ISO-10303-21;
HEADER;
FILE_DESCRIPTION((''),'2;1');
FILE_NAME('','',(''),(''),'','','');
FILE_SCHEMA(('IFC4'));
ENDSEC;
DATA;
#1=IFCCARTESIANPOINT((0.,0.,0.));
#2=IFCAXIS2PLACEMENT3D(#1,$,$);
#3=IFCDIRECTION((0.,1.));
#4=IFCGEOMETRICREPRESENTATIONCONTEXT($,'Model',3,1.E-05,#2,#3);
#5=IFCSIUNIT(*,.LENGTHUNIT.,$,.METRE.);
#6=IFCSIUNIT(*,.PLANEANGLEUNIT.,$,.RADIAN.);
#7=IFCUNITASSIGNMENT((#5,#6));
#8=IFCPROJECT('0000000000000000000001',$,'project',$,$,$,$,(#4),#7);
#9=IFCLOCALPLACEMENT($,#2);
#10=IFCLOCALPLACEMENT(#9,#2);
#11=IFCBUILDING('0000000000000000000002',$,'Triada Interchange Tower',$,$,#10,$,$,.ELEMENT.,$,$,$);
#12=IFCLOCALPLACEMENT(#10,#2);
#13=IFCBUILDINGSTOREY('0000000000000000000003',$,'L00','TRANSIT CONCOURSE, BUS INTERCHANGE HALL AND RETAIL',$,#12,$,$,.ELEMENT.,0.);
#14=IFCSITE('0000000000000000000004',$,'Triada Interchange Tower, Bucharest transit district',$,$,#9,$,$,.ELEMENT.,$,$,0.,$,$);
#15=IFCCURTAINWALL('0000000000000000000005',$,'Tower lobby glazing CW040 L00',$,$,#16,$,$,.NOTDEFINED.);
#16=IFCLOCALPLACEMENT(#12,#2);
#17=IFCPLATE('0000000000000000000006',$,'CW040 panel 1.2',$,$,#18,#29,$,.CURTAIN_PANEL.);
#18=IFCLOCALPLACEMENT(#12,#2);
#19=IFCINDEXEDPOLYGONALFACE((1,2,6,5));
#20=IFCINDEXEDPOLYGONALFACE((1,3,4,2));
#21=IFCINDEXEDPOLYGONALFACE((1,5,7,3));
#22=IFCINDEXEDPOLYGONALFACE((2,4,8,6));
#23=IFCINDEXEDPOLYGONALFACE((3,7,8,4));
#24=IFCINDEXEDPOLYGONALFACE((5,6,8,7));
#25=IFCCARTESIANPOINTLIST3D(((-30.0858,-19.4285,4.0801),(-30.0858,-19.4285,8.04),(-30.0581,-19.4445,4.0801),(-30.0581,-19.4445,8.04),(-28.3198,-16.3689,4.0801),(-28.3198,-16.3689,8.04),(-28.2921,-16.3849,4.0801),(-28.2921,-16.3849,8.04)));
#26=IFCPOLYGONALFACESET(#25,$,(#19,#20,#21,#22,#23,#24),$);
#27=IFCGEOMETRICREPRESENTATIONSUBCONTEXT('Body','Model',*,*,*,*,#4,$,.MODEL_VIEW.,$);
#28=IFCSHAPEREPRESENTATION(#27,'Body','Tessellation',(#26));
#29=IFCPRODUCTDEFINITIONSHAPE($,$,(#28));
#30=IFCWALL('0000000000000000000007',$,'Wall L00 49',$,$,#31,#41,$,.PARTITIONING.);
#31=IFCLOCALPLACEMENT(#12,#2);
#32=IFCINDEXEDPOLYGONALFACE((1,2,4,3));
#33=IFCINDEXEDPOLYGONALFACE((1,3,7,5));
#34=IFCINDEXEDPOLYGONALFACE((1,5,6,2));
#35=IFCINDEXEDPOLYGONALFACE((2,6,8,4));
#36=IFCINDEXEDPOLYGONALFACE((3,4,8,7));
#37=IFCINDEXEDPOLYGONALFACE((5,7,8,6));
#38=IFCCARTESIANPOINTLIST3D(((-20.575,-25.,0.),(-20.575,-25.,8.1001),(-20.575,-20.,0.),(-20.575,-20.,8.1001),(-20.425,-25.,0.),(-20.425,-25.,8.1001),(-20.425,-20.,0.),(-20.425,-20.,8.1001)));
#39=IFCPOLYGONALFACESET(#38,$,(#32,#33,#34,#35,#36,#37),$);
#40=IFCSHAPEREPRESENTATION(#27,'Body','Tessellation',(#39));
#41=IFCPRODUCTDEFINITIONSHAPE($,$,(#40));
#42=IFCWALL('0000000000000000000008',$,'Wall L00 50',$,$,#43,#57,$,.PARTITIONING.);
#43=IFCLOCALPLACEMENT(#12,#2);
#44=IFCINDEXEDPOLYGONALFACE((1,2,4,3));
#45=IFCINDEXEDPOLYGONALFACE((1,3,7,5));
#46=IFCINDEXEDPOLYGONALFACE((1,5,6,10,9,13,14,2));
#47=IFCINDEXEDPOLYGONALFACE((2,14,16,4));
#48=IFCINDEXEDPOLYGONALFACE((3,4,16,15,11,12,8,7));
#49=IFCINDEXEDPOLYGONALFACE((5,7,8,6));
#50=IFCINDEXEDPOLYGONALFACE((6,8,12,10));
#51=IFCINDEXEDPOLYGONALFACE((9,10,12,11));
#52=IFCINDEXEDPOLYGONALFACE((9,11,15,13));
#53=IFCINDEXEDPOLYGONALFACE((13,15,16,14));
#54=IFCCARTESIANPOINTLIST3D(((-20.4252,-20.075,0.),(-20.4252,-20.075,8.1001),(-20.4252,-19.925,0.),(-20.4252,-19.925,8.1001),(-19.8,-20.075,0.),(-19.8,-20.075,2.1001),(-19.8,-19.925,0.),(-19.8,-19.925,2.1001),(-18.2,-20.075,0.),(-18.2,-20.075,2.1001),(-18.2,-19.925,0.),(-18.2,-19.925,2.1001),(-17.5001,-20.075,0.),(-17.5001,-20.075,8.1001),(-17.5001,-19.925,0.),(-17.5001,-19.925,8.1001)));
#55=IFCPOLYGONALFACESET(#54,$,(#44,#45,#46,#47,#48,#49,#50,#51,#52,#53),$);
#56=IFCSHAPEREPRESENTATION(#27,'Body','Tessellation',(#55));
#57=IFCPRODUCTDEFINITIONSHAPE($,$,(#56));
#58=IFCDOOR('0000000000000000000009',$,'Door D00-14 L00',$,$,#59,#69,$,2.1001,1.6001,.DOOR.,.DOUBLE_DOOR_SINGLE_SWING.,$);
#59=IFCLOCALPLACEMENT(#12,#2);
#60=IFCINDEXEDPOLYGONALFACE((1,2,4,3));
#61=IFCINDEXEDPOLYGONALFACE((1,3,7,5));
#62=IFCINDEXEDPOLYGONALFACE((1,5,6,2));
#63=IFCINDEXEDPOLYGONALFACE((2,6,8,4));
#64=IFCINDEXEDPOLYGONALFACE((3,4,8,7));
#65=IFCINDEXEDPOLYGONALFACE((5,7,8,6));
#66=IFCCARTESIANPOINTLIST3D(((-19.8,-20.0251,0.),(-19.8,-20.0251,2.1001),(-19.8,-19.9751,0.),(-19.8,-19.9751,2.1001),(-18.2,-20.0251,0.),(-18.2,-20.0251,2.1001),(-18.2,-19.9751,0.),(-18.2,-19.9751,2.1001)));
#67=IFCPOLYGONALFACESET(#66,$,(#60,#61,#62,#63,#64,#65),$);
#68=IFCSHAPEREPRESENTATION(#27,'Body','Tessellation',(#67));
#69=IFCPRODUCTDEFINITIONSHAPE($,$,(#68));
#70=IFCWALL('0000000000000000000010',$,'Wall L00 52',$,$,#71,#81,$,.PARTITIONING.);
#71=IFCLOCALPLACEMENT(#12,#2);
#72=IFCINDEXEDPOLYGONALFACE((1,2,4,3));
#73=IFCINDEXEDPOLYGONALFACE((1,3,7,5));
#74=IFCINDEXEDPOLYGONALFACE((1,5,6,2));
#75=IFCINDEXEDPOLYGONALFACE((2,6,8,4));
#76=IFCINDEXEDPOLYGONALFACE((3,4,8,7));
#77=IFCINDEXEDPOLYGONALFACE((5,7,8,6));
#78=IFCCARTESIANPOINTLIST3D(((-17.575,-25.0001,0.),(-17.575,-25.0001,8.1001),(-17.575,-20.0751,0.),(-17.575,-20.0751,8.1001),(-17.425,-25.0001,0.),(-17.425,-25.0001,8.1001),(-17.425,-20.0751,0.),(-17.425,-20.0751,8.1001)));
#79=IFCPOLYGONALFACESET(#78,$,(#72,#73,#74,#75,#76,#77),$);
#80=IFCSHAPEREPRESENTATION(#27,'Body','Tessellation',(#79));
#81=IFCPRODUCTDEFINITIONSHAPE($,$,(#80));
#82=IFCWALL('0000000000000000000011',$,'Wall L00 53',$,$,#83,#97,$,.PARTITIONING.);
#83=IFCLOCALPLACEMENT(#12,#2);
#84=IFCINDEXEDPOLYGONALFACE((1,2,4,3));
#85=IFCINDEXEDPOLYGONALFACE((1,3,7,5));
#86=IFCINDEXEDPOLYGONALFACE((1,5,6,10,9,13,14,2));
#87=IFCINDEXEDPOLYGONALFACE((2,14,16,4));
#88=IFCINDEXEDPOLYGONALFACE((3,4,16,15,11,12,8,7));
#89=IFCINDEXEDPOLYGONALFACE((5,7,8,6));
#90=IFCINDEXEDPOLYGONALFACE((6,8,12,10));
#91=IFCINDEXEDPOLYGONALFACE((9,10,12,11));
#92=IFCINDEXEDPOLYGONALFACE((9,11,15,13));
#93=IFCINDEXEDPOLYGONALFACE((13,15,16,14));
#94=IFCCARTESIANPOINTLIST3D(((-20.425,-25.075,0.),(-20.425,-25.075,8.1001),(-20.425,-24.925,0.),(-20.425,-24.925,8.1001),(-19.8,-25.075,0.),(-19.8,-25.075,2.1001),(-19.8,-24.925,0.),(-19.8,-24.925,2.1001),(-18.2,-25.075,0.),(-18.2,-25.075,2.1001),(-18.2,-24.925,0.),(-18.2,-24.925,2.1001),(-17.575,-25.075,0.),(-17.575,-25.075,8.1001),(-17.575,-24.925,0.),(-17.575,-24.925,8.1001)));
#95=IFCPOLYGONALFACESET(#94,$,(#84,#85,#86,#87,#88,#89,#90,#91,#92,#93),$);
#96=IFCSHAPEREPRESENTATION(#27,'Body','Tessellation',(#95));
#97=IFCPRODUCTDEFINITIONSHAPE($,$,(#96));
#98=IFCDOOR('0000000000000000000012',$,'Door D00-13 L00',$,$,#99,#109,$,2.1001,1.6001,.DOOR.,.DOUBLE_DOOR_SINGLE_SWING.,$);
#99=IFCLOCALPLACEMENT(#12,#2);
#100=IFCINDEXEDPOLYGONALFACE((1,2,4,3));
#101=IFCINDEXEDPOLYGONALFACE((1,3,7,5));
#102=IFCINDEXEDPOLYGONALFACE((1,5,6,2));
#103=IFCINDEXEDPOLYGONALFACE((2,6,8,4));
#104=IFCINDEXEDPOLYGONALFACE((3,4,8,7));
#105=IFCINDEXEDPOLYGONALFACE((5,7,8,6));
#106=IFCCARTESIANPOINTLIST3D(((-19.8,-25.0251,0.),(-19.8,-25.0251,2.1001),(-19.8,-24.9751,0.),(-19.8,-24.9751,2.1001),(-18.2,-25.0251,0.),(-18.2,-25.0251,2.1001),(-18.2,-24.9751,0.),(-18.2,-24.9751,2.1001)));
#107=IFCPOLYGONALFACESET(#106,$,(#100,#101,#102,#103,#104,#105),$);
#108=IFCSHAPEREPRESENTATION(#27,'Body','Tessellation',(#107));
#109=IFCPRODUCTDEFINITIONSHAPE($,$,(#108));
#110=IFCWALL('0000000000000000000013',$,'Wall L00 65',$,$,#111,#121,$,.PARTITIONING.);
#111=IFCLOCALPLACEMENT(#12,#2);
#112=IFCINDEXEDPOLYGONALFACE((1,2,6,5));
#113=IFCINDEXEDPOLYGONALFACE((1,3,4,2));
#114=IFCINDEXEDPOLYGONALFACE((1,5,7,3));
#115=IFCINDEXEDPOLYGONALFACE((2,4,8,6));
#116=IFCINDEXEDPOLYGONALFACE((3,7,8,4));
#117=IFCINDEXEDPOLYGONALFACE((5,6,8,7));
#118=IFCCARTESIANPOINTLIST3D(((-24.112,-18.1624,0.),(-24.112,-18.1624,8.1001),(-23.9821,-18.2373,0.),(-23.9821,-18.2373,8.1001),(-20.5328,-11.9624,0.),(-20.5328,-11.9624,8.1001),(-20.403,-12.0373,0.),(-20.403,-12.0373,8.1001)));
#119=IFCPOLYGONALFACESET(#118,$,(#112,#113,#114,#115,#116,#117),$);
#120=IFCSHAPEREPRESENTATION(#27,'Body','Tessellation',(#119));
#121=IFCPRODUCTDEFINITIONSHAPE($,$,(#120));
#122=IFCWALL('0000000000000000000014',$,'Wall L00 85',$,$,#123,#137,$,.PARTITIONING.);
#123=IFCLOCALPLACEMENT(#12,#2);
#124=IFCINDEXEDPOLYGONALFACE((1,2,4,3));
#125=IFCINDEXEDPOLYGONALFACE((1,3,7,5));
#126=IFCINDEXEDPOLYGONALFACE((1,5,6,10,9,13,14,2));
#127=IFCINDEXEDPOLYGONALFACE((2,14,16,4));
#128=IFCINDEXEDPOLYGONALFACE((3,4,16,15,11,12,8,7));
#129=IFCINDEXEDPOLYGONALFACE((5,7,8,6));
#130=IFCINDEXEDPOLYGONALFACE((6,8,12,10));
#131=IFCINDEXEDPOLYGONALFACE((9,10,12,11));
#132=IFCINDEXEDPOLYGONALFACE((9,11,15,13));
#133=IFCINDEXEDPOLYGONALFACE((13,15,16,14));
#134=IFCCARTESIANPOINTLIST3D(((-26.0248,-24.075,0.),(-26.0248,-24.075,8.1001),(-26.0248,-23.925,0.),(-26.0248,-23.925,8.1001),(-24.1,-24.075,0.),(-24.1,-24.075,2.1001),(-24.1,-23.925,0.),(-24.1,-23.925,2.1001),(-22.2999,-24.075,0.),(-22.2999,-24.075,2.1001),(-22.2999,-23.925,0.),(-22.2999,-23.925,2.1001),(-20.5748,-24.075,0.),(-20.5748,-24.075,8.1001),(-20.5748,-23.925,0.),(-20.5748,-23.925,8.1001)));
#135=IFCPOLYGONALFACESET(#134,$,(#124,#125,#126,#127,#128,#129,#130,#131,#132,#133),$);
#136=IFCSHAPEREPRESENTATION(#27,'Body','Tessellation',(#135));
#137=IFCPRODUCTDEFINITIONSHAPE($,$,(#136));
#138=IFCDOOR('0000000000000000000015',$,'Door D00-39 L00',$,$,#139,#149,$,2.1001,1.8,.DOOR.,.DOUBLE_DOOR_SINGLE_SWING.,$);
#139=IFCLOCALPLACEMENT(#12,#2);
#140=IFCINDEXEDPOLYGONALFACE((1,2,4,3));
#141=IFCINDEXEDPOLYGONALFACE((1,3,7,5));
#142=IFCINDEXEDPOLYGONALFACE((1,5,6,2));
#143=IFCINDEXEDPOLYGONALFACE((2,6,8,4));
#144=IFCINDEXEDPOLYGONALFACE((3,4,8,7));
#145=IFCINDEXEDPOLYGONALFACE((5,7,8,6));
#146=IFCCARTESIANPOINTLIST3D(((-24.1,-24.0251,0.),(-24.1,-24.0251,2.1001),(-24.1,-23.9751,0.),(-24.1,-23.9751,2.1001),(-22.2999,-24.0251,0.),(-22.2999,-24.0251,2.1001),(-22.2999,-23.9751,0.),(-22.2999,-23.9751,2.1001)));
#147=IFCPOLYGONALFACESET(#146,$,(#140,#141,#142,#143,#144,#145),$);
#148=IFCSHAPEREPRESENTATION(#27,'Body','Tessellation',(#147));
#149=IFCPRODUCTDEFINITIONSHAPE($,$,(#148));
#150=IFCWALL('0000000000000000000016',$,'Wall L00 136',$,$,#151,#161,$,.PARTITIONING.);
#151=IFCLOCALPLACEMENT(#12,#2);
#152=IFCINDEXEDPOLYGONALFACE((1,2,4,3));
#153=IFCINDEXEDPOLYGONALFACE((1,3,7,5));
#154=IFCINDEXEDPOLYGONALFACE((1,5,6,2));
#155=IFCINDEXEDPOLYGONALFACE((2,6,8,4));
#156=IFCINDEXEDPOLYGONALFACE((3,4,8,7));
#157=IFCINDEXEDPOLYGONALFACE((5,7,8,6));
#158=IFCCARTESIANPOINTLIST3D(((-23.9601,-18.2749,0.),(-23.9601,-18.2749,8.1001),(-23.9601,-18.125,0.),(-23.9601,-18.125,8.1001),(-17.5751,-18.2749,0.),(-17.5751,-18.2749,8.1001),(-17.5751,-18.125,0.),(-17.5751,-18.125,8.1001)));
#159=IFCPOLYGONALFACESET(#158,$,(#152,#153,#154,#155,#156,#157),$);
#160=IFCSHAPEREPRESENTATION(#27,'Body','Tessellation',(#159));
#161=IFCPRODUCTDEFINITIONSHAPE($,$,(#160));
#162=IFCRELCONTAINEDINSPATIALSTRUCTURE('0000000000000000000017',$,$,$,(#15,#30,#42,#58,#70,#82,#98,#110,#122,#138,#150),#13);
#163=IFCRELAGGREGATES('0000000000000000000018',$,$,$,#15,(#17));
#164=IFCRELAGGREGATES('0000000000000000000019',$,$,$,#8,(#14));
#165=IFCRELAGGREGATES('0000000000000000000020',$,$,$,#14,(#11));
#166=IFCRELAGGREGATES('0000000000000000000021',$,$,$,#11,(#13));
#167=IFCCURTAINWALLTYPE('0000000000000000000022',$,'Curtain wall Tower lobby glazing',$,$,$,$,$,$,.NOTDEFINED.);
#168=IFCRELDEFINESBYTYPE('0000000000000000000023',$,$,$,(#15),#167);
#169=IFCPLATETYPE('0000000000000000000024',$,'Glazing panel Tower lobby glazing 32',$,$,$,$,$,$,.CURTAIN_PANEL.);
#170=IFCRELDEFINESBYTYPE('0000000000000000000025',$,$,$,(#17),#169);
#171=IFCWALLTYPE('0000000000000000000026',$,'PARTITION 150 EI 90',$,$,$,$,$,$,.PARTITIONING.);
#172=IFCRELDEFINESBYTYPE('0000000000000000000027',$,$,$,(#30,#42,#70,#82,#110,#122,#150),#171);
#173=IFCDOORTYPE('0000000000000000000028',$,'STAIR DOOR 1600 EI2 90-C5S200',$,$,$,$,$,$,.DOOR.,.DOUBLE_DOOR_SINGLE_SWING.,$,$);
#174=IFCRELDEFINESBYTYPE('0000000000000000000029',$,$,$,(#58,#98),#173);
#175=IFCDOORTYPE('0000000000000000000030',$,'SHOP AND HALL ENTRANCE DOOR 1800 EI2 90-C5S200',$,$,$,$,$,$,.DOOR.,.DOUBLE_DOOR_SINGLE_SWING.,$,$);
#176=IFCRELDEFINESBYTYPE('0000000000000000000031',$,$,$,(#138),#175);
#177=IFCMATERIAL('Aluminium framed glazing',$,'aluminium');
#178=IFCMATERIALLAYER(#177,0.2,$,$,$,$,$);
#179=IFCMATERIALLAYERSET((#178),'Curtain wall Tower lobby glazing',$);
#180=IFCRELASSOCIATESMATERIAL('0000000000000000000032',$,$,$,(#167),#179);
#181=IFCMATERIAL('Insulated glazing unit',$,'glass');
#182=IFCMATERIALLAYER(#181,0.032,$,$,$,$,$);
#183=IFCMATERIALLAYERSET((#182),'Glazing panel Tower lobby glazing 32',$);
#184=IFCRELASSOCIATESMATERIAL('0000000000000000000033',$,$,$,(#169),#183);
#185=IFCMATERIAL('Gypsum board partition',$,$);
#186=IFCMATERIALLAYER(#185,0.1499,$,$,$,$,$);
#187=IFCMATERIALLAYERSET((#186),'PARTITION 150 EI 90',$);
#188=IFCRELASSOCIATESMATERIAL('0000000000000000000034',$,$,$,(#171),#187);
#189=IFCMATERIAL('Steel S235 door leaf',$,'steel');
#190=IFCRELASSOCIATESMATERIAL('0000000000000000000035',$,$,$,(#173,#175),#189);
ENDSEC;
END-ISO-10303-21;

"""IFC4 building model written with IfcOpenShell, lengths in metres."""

from ifc_helpers import new_model, si_unit, direction, frame, frame_2d, origin, origin_2d, place, context, subcontext, project, spatial, rectangle, extrude, material, layer, layer_set, type_object, element, fill, aggregate, save


model = new_model("IFC4")

# Units and contexts
model_context = context("Model", 3, precision=1e-05, world=origin(), true_north=direction((0.0, 1.0)))
body_context = subcontext(model_context, "Body", "Model", "MODEL_VIEW")
ifc_project = project(units=[si_unit("LENGTHUNIT", "METRE"), si_unit("PLANEANGLEUNIT", "RADIAN")], contexts=[model_context])

# Site, building, storey
site_placement = place(None, origin())
site = spatial("IfcSite", under=ifc_project, at=site_placement, Name="Triada Interchange Tower, Bucharest transit district", CompositionType="ELEMENT", RefElevation=0.0)
building_placement = place(site_placement, origin())
building = spatial("IfcBuilding", under=site, at=building_placement, Name="Triada Interchange Tower", CompositionType="ELEMENT")
storey_placement = place(building_placement, origin())
storey = spatial("IfcBuildingStorey", under=building, at=storey_placement, Name="L00", Description="TRANSIT CONCOURSE, BUS INTERCHANGE HALL AND RETAIL", CompositionType="ELEMENT", Elevation=0.0)

# Curtain wall
ifc_material_1 = material(Name="Aluminium framed glazing", Category="aluminium")
ifc_layer_1 = layer(ifc_material_1, 0.2)
ifc_layer_set_1 = layer_set([ifc_layer_1], Name="Curtain wall Tower lobby glazing")
curtain_wall_type = type_object("IfcCurtainWallType", Name="Curtain wall Tower lobby glazing", PredefinedType="NOTDEFINED", material=ifc_layer_set_1)
curtain_wall_1_placement = place(storey_placement, origin())
curtain_wall_1 = element("IfcCurtainWall", 1, at=curtain_wall_1_placement, inside=storey, type_object=curtain_wall_type, Name="Tower lobby glazing CW040 L00", PredefinedType="NOTDEFINED")

# Plate
ifc_material_2 = material(Name="Insulated glazing unit", Category="glass")
ifc_layer_2 = layer(ifc_material_2, 0.032)
ifc_layer_set_2 = layer_set([ifc_layer_2], Name="Glazing panel Tower lobby glazing 32")
plate_type = type_object("IfcPlateType", Name="Glazing panel Tower lobby glazing 32", PredefinedType="CURTAIN_PANEL", material=ifc_layer_set_2)
plate_1_placement = place(storey_placement, frame((-29.189, -17.9067, 4.0801), z_axis=(0.0, 0.0, 1.0), x_axis=(-0.49991, -0.866078, 0.0)))
plate_1 = element("IfcPlate", 2, at=plate_1_placement, type_object=plate_type, Name="CW040 panel 1.2", PredefinedType="CURTAIN_PANEL", context=body_context, shape_type="SweptSolid", body=[
    extrude(rectangle(XDim=3.5327, YDim=0.032, at=origin_2d()), origin(), (0.0, 0.0, 1.0), 3.96),
])
aggregate(curtain_wall_1, [plate_1])

# Wall
ifc_material_3 = material(Name="Gypsum board partition")
ifc_layer_3 = layer(ifc_material_3, 0.1499)
ifc_layer_set_3 = layer_set([ifc_layer_3], Name="PARTITION 150 EI 90")
wall_type = type_object("IfcWallType", Name="PARTITION 150 EI 90", PredefinedType="PARTITIONING", material=ifc_layer_set_3)
wall_1_placement = place(storey_placement, frame((-20.5, -25.0, 0.0), z_axis=(0.0, 0.0, 1.0), x_axis=(0.0, 1.0, 0.0)))
element("IfcWall", 3, at=wall_1_placement, inside=storey, type_object=wall_type, Name="Wall L00 49", PredefinedType="PARTITIONING", context=body_context, shape_type="SweptSolid", body=[
    extrude(rectangle(XDim=5.0, YDim=0.1499, at=frame_2d((2.5, 0.0))), origin(), (0.0, 0.0, 1.0), 8.1001),
])

# Wall, opening, door
wall_2_placement = place(storey_placement, frame((-20.425, -20.0, 0.0), z_axis=(0.0, 0.0, 1.0), x_axis=(1.0, 0.0, 0.0)))
wall_2 = element("IfcWall", 4, at=wall_2_placement, inside=storey, type_object=wall_type, Name="Wall L00 50", PredefinedType="PARTITIONING", context=body_context, shape_type="SweptSolid", body=[
    extrude(rectangle(XDim=2.925, YDim=0.1499, at=frame_2d((1.4624, 0.0))), origin(), (0.0, 0.0, 1.0), 8.1001),
])
opening_1_placement = place(wall_2_placement, frame((0.625, 0.0, 0.0)))
opening_1 = element("IfcOpeningElement", 5, at=opening_1_placement, cuts=wall_2, PredefinedType="OPENING", context=body_context, shape_type="SweptSolid", body=[
    extrude(rectangle(XDim=1.6001, YDim=2.1001, at=frame_2d((0.8, 1.05))), frame((0.0, 0.085, 0.0), z_axis=(0.0, -1.0, 0.0), x_axis=(1.0, 0.0, 0.0)), (0.0, 0.0, 1.0), 0.1699),
])
ifc_material_4 = material(Name="Steel S235 door leaf", Category="steel")
door_type_1 = type_object("IfcDoorType", Name="STAIR DOOR 1600 EI2 90-C5S200", OperationType="DOUBLE_DOOR_SINGLE_SWING", PredefinedType="DOOR", material=ifc_material_4)
door_1_placement = place(opening_1_placement, origin())
door_1 = element("IfcDoor", 6, at=door_1_placement, inside=storey, type_object=door_type_1, Name="Door D00-14 L00", OperationType="DOUBLE_DOOR_SINGLE_SWING", OverallHeight=2.1001, OverallWidth=1.6001, PredefinedType="DOOR", context=body_context, shape_type="SweptSolid", body=[
    extrude(rectangle(XDim=1.6001, YDim=2.1001, at=frame_2d((0.8, 1.05))), frame((0.0, 0.0249, 0.0), z_axis=(0.0, -1.0, 0.0), x_axis=(1.0, 0.0, 0.0)), (0.0, 0.0, 1.0), 0.05),
])
fill(opening_1, door_1)

# Wall
wall_3_placement = place(storey_placement, frame((-17.5, -25.0, 0.0), z_axis=(0.0, 0.0, 1.0), x_axis=(0.0, 1.0, 0.0)))
element("IfcWall", 7, at=wall_3_placement, inside=storey, type_object=wall_type, Name="Wall L00 52", PredefinedType="PARTITIONING", context=body_context, shape_type="SweptSolid", body=[
    extrude(rectangle(XDim=4.925, YDim=0.1499, at=frame_2d((2.4624, 0.0))), origin(), (0.0, 0.0, 1.0), 8.1001),
])

# Wall, opening, door
wall_4_placement = place(storey_placement, frame((-20.425, -25.0, 0.0), z_axis=(0.0, 0.0, 1.0), x_axis=(1.0, 0.0, 0.0)))
wall_4 = element("IfcWall", 8, at=wall_4_placement, inside=storey, type_object=wall_type, Name="Wall L00 53", PredefinedType="PARTITIONING", context=body_context, shape_type="SweptSolid", body=[
    extrude(rectangle(XDim=2.8501, YDim=0.1499, at=frame_2d((1.425, 0.0))), origin(), (0.0, 0.0, 1.0), 8.1001),
])
opening_2_placement = place(wall_4_placement, frame((0.625, 0.0, 0.0)))
opening_2 = element("IfcOpeningElement", 9, at=opening_2_placement, cuts=wall_4, PredefinedType="OPENING", context=body_context, shape_type="SweptSolid", body=[
    extrude(rectangle(XDim=1.6001, YDim=2.1001, at=frame_2d((0.8, 1.05))), frame((0.0, 0.085, 0.0), z_axis=(0.0, -1.0, 0.0), x_axis=(1.0, 0.0, 0.0)), (0.0, 0.0, 1.0), 0.1699),
])
door_2_placement = place(opening_2_placement, origin())
door_2 = element("IfcDoor", 10, at=door_2_placement, inside=storey, type_object=door_type_1, Name="Door D00-13 L00", OperationType="DOUBLE_DOOR_SINGLE_SWING", OverallHeight=2.1001, OverallWidth=1.6001, PredefinedType="DOOR", context=body_context, shape_type="SweptSolid", body=[
    extrude(rectangle(XDim=1.6001, YDim=2.1001, at=frame_2d((0.8, 1.05))), frame((0.0, 0.0249, 0.0), z_axis=(0.0, -1.0, 0.0), x_axis=(1.0, 0.0, 0.0)), (0.0, 0.0, 1.0), 0.05),
])
fill(opening_2, door_2)

# Wall
wall_5_placement = place(storey_placement, frame((-24.0471, -18.2, 0.0), z_axis=(0.0, 0.0, 1.0), x_axis=(0.499954, 0.866052, 0.0)))
element("IfcWall", 11, at=wall_5_placement, inside=storey, type_object=wall_type, Name="Wall L00 65", PredefinedType="PARTITIONING", context=body_context, shape_type="SweptSolid", body=[
    extrude(rectangle(XDim=7.1589, YDim=0.1499, at=frame_2d((3.5796, 0.0))), origin(), (0.0, 0.0, 1.0), 8.1001),
])

# Wall, opening, door
wall_6_placement = place(storey_placement, frame((-26.0249, -24.0, 0.0), z_axis=(0.0, 0.0, 1.0), x_axis=(1.0, 0.0, 0.0)))
wall_6 = element("IfcWall", 12, at=wall_6_placement, inside=storey, type_object=wall_type, Name="Wall L00 85", PredefinedType="PARTITIONING", context=body_context, shape_type="SweptSolid", body=[
    extrude(rectangle(XDim=5.45, YDim=0.1499, at=frame_2d((2.7251, 0.0))), origin(), (0.0, 0.0, 1.0), 8.1001),
])
opening_3_placement = place(wall_6_placement, frame((1.925, 0.0, 0.0)))
opening_3 = element("IfcOpeningElement", 13, at=opening_3_placement, cuts=wall_6, PredefinedType="OPENING", context=body_context, shape_type="SweptSolid", body=[
    extrude(rectangle(XDim=1.8, YDim=2.1001, at=frame_2d((0.8999, 1.05))), frame((0.0, 0.085, 0.0), z_axis=(0.0, -1.0, 0.0), x_axis=(1.0, 0.0, 0.0)), (0.0, 0.0, 1.0), 0.1699),
])
door_type_2 = type_object("IfcDoorType", Name="SHOP AND HALL ENTRANCE DOOR 1800 EI2 90-C5S200", OperationType="DOUBLE_DOOR_SINGLE_SWING", PredefinedType="DOOR", material=ifc_material_4)
door_3_placement = place(opening_3_placement, origin())
door_3 = element("IfcDoor", 14, at=door_3_placement, inside=storey, type_object=door_type_2, Name="Door D00-39 L00", OperationType="DOUBLE_DOOR_SINGLE_SWING", OverallHeight=2.1001, OverallWidth=1.8, PredefinedType="DOOR", context=body_context, shape_type="SweptSolid", body=[
    extrude(rectangle(XDim=1.8, YDim=2.1001, at=frame_2d((0.8999, 1.05))), frame((0.0, 0.0249, 0.0), z_axis=(0.0, -1.0, 0.0), x_axis=(1.0, 0.0, 0.0)), (0.0, 0.0, 1.0), 0.05),
])
fill(opening_3, door_3)

# Wall
wall_7_placement = place(storey_placement, frame((-23.96, -18.2, 0.0), z_axis=(0.0, 0.0, 1.0), x_axis=(1.0, 0.0, 0.0)))
element("IfcWall", 15, at=wall_7_placement, inside=storey, type_object=wall_type, Name="Wall L00 136", PredefinedType="PARTITIONING", context=body_context, shape_type="SweptSolid", body=[
    extrude(rectangle(XDim=6.385, YDim=0.1499, at=frame_2d((3.1924, 0.0))), origin(), (0.0, 0.0, 1.0), 8.1001),
])

save(model, "model.ifc")
